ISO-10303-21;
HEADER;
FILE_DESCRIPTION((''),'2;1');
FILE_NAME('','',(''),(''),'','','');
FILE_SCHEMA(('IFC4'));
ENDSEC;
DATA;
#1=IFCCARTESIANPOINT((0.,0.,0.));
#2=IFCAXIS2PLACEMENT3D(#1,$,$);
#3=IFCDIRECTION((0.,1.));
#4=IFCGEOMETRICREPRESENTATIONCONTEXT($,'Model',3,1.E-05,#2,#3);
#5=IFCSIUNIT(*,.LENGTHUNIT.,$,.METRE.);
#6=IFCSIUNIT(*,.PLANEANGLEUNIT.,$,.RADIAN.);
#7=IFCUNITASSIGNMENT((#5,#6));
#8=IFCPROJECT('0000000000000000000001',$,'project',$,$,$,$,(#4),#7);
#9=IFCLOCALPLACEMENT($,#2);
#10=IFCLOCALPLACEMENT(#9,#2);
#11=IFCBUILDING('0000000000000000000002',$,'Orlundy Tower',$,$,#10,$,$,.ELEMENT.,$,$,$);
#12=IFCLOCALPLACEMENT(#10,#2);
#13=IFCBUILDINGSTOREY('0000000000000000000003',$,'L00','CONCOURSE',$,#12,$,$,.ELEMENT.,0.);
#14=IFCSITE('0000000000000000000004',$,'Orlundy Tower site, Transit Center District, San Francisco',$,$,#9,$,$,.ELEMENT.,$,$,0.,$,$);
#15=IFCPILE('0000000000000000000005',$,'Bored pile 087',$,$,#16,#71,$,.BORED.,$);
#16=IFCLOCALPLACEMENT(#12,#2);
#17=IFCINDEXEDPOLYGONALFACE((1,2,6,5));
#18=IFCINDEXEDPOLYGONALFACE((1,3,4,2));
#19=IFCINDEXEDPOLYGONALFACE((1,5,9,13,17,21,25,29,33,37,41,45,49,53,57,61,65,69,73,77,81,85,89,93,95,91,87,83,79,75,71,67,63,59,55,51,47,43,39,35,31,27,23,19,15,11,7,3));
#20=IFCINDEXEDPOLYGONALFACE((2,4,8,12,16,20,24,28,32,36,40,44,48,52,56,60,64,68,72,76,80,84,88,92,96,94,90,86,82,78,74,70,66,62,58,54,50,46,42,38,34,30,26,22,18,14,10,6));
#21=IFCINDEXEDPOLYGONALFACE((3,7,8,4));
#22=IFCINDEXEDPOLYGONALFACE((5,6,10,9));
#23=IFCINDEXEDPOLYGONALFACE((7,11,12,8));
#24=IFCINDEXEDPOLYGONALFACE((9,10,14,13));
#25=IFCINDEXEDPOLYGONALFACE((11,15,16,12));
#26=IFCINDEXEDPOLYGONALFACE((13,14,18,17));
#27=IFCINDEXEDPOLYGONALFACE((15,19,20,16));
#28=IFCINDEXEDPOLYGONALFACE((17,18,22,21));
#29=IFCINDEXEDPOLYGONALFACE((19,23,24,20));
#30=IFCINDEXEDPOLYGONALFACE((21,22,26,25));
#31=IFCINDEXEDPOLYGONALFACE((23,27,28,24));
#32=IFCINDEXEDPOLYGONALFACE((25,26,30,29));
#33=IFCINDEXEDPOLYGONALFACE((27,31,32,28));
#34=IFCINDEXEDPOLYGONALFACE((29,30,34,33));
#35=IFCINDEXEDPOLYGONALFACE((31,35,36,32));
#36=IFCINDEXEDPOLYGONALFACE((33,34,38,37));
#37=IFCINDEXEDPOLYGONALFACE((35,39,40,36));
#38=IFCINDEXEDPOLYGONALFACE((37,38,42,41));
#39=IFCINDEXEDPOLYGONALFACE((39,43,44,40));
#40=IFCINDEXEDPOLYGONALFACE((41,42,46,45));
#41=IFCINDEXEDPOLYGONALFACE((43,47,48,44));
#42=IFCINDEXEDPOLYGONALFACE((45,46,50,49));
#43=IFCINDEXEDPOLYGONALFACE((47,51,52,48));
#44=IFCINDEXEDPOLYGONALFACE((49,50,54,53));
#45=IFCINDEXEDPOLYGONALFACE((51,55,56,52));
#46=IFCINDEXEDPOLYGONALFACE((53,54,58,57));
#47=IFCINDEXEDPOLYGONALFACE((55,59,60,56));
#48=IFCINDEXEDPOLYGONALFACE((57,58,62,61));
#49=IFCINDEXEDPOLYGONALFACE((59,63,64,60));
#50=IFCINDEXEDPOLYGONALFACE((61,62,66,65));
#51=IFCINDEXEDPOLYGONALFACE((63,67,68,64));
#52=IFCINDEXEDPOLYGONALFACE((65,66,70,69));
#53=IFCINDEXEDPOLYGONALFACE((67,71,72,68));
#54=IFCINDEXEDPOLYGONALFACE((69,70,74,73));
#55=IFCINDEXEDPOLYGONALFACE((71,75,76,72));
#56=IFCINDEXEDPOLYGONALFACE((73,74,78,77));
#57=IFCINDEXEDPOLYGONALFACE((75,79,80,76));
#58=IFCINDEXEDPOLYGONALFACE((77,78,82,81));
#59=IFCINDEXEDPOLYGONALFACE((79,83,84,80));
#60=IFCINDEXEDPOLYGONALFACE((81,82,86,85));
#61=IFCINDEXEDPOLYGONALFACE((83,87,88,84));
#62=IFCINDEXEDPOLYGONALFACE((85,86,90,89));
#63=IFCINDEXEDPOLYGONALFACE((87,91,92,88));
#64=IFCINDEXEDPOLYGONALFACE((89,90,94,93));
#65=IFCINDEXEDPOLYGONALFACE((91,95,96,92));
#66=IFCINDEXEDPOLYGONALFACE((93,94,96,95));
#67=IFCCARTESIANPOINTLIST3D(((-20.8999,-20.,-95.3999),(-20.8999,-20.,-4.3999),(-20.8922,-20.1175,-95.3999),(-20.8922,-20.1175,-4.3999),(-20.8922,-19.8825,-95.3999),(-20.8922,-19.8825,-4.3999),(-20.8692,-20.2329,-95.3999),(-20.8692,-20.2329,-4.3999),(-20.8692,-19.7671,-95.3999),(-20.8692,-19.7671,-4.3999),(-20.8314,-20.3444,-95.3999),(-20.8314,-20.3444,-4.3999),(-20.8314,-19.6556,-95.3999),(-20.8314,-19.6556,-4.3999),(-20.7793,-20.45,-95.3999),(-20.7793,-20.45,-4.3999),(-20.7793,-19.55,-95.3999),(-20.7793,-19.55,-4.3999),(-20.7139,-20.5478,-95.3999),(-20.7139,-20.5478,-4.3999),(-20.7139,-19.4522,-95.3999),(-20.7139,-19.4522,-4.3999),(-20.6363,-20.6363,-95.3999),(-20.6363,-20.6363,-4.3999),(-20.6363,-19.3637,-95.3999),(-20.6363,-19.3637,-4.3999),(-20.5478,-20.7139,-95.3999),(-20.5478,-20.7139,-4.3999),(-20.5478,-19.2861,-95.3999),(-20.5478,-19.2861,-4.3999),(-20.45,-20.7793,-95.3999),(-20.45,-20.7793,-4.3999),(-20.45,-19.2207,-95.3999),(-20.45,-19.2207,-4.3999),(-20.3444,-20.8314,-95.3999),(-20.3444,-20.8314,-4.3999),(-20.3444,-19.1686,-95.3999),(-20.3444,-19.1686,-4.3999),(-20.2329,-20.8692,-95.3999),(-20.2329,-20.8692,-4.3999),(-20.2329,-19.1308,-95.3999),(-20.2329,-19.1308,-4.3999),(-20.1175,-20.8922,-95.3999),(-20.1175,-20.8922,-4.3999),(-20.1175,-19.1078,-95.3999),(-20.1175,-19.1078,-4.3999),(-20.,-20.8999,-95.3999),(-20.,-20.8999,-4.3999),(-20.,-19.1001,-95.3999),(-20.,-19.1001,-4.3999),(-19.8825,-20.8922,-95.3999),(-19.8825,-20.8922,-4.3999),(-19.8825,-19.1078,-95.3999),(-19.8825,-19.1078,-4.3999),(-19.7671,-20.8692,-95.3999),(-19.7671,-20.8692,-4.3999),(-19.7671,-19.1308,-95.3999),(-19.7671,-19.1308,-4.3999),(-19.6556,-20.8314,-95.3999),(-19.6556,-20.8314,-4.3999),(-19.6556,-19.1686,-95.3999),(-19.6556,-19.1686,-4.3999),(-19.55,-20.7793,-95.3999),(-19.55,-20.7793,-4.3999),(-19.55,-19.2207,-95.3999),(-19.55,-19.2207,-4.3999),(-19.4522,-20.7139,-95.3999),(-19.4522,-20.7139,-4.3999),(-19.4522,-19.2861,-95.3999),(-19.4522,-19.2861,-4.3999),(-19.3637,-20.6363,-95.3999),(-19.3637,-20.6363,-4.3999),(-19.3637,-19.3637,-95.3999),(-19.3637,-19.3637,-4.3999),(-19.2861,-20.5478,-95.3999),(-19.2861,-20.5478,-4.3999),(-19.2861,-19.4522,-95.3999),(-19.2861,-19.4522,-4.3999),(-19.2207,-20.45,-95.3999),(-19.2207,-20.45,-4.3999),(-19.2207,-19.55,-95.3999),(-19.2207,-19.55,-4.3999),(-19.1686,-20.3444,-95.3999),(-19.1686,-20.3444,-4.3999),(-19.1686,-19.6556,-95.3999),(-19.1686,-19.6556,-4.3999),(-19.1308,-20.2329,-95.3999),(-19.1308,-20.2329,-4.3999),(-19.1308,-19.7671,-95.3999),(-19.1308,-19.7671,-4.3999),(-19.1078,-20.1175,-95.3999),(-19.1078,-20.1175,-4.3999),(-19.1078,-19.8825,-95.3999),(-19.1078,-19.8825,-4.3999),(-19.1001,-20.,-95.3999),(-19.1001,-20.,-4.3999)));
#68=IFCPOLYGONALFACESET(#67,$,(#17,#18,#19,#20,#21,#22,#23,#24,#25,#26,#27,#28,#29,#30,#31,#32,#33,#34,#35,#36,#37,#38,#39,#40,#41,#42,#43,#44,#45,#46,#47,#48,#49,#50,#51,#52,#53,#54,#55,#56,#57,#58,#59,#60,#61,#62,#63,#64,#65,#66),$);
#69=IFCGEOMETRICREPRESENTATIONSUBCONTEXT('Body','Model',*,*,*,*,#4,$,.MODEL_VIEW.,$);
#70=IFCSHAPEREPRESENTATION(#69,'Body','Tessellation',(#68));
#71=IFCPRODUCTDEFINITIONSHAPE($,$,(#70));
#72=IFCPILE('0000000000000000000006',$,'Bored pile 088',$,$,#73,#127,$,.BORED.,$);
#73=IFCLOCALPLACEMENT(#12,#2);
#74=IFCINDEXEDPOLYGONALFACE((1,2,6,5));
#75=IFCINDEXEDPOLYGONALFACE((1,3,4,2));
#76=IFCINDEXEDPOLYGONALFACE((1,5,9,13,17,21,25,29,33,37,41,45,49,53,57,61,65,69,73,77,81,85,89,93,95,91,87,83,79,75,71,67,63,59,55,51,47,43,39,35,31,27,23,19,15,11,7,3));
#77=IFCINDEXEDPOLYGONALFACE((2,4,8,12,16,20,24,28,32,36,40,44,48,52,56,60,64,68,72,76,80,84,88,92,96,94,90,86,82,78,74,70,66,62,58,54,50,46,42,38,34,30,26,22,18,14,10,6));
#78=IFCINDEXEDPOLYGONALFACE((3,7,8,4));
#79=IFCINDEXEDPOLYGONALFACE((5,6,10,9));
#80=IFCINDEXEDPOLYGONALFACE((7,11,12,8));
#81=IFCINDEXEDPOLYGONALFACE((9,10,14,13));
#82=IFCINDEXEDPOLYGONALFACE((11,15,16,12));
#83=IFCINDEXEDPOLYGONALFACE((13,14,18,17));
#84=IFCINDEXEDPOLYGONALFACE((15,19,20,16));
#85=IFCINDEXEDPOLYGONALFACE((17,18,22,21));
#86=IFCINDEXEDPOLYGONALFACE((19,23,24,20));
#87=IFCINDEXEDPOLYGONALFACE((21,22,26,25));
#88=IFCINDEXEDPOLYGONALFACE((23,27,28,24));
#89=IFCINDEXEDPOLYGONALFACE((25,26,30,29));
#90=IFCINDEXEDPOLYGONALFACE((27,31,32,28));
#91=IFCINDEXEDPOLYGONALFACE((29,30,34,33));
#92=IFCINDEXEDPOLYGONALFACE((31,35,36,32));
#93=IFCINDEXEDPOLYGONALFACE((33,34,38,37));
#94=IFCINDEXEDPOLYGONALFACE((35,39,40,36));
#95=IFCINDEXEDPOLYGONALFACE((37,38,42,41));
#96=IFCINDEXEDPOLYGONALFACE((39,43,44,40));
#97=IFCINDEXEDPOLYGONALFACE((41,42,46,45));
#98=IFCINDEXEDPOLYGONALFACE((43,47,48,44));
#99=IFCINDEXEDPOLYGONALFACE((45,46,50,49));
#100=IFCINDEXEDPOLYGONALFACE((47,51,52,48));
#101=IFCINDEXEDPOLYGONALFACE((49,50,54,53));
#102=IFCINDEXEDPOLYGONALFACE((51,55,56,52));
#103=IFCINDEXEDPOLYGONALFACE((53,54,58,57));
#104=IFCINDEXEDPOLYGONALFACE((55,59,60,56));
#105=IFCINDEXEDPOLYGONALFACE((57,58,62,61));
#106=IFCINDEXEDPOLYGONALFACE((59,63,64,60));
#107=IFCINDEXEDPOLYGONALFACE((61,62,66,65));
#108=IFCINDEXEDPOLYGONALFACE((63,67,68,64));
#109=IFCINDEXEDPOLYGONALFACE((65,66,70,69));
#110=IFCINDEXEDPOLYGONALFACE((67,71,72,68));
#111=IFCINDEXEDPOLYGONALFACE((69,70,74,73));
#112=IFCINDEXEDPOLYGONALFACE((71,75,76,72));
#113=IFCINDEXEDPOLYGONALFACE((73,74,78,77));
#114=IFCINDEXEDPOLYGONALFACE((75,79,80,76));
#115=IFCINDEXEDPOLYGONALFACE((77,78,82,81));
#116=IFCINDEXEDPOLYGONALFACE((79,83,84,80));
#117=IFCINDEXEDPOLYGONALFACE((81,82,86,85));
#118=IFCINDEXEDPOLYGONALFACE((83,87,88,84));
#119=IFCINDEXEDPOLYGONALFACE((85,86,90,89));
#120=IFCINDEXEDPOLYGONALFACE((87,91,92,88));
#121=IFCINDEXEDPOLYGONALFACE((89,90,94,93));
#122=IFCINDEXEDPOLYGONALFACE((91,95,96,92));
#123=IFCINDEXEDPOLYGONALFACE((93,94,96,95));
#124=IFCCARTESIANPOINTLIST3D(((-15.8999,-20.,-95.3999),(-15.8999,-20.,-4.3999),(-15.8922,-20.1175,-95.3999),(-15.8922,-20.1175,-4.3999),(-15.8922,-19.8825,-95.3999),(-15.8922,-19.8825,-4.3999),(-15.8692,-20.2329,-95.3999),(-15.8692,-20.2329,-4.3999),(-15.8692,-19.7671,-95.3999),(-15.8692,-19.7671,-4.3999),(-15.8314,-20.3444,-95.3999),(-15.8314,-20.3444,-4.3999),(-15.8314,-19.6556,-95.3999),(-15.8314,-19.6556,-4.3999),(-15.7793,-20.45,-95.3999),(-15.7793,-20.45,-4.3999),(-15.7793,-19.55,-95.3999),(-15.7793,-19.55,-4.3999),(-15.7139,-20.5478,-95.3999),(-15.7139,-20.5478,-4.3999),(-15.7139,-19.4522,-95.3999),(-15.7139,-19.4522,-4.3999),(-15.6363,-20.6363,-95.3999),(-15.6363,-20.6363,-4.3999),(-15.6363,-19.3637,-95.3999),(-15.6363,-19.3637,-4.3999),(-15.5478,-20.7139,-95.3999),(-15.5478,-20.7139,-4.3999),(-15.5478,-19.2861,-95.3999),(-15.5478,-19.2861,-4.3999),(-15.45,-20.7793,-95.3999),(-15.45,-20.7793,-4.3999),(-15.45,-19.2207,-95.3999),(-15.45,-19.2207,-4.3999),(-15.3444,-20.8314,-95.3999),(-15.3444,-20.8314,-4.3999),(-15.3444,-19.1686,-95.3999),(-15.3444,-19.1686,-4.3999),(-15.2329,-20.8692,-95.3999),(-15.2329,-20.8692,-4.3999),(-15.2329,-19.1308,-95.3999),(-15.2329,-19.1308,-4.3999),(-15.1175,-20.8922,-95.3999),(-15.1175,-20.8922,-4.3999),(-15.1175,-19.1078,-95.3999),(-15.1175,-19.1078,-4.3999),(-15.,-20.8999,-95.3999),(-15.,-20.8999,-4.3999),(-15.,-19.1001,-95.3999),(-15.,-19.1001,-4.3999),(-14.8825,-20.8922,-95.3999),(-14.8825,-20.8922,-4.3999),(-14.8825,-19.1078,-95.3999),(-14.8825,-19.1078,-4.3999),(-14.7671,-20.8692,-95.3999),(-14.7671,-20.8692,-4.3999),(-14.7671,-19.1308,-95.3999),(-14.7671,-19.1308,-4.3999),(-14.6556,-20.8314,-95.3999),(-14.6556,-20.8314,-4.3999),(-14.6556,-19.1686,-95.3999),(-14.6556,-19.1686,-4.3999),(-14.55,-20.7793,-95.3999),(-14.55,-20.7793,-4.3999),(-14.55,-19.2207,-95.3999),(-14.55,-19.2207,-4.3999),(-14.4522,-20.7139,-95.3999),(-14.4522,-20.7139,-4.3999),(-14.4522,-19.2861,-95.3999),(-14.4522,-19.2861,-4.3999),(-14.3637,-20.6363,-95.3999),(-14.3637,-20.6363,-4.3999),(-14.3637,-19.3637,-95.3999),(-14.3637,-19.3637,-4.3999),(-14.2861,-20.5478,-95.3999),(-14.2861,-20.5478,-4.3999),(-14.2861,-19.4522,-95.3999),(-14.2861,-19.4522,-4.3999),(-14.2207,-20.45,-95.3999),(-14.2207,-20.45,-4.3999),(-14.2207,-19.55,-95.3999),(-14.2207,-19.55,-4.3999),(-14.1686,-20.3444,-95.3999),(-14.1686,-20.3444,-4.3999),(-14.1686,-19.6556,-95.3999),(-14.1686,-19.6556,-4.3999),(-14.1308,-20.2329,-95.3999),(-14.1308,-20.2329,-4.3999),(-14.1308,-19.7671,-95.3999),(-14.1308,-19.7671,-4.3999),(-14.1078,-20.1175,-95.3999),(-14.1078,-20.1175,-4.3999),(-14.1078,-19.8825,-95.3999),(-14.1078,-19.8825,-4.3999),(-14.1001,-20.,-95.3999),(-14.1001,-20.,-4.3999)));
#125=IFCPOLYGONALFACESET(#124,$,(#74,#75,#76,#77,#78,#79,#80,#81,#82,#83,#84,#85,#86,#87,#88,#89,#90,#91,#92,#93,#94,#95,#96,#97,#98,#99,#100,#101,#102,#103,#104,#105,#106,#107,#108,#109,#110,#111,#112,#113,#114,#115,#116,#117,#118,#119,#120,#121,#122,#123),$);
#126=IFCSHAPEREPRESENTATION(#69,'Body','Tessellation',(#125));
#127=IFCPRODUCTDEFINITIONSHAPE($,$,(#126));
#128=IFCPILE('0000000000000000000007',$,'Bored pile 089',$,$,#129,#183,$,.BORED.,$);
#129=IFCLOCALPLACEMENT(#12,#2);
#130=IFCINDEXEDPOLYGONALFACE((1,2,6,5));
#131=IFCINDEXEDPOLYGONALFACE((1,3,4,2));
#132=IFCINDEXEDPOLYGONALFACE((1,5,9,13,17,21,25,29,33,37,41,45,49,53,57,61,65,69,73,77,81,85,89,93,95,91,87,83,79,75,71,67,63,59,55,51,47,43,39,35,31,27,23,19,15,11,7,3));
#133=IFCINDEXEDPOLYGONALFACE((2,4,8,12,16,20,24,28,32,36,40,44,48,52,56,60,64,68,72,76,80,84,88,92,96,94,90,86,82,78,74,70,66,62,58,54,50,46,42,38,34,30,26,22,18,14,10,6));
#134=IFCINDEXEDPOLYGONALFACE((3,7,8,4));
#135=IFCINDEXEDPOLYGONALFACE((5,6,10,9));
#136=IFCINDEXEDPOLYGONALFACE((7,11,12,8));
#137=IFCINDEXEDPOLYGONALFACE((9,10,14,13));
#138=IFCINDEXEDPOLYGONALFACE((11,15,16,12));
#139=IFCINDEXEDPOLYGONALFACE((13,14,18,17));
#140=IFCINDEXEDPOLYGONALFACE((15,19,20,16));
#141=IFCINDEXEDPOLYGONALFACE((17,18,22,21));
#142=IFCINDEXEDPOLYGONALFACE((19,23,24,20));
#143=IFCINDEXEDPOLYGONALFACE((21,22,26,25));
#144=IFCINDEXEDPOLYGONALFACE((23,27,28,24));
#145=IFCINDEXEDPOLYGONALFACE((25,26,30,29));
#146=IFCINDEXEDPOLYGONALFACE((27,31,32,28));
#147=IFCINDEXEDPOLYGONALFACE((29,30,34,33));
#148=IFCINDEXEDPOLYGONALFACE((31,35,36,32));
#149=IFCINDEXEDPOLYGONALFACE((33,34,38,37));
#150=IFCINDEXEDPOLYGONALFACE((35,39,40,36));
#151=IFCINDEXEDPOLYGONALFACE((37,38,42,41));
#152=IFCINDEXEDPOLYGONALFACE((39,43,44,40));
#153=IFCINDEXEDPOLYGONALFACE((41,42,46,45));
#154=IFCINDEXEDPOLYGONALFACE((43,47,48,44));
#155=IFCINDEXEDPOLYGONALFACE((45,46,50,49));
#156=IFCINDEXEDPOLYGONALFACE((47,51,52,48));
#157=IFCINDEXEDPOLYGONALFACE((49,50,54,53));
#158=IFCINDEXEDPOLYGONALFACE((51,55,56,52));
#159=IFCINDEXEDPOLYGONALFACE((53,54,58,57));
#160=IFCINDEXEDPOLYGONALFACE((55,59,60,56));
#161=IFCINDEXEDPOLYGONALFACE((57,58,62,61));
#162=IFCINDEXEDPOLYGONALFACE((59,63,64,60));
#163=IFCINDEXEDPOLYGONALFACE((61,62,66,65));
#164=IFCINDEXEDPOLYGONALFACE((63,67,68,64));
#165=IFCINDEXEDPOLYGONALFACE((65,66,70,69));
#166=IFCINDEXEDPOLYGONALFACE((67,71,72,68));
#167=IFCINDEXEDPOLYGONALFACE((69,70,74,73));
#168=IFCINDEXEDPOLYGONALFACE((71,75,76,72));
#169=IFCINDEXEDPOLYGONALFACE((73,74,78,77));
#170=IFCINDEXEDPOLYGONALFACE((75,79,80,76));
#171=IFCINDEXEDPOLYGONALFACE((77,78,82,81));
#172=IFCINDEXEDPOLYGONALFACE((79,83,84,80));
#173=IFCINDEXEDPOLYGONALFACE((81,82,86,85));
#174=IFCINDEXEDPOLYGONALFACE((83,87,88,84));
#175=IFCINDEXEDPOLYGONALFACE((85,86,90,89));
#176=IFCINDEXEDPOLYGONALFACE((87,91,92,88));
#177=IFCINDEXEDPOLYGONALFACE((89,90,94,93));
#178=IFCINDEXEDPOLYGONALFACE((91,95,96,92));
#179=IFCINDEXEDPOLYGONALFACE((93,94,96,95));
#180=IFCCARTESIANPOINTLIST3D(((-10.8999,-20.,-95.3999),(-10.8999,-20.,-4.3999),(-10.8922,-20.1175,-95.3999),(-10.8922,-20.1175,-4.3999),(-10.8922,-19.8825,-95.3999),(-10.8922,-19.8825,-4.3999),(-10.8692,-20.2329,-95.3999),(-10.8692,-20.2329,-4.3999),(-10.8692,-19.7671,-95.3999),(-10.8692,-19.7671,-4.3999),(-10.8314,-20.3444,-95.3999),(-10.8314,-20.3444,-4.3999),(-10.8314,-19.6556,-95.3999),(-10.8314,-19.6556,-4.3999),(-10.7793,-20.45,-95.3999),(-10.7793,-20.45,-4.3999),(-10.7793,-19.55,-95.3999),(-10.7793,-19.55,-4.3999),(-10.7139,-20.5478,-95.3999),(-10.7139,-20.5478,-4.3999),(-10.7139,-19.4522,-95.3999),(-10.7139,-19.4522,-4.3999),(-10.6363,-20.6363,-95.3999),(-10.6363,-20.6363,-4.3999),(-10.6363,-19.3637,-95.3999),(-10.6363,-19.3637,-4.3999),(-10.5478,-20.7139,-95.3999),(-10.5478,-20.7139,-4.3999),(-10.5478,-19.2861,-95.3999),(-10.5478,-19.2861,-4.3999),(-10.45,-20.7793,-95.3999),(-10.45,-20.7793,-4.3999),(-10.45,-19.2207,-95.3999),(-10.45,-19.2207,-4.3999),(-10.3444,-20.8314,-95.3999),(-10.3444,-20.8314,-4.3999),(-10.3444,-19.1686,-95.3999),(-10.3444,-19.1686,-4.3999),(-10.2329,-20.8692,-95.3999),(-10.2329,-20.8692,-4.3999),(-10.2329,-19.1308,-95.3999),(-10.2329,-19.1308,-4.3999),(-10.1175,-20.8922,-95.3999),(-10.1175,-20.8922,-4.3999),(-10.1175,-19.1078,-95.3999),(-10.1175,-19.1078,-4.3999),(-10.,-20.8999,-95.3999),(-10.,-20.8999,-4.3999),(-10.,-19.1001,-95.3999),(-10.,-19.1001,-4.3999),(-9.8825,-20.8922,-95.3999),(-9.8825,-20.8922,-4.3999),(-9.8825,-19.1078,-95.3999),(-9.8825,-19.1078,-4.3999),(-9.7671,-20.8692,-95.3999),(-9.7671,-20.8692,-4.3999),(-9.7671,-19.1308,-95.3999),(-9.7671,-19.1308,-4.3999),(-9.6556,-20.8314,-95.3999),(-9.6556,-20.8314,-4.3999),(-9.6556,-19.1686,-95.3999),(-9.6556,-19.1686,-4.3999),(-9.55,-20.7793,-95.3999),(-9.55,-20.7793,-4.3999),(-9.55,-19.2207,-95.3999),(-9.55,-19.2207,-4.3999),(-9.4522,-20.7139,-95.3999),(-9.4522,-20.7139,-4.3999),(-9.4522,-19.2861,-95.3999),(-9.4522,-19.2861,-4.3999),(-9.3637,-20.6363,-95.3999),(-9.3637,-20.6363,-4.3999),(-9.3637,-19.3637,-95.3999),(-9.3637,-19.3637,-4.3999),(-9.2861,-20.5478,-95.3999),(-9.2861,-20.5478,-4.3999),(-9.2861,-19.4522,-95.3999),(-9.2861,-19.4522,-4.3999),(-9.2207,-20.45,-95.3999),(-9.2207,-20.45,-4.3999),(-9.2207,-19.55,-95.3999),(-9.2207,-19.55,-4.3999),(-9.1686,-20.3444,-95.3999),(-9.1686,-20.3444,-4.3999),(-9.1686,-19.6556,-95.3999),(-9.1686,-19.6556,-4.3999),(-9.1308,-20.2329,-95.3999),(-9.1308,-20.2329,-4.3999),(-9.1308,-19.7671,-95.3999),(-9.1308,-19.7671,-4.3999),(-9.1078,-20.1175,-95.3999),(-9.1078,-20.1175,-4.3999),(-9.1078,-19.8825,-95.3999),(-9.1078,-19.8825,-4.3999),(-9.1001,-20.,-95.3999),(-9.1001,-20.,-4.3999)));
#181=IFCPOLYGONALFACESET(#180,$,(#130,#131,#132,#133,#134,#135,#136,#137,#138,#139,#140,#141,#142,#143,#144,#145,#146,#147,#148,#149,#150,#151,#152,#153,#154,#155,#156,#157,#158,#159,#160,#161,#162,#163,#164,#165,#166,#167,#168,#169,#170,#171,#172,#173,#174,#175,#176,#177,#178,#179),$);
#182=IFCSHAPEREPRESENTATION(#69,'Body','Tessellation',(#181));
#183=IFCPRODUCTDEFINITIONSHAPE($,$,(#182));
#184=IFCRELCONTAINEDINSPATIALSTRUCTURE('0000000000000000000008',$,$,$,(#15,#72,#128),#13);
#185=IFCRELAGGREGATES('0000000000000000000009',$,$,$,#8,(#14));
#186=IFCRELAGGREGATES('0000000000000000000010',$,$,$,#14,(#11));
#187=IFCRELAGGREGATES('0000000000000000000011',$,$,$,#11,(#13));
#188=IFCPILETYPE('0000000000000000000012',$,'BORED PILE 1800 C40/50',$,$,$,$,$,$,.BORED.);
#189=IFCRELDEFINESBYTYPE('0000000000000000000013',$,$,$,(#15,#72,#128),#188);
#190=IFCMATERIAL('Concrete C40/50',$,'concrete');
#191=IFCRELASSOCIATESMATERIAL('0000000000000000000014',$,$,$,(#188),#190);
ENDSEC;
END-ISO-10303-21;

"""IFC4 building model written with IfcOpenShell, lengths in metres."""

from ifc_helpers import new_model, si_unit, direction, frame, origin, origin_2d, place, context, subcontext, project, spatial, circle, extrude, material, material_profile, profile_set, type_object, element, save


model = new_model("IFC4")

# Units and contexts
model_context = context("Model", 3, precision=1e-05, world=origin(), true_north=direction((0.0, 1.0)))
body_context = subcontext(model_context, "Body", "Model", "MODEL_VIEW")
ifc_project = project(units=[si_unit("LENGTHUNIT", "METRE"), si_unit("PLANEANGLEUNIT", "RADIAN")], contexts=[model_context])

# Site, building, storey
site_placement = place(None, origin())
site = spatial("IfcSite", under=ifc_project, at=site_placement, Name="Orlundy Tower site, Transit Center District, San Francisco", CompositionType="ELEMENT", RefElevation=0.0)
building_placement = place(site_placement, origin())
building = spatial("IfcBuilding", under=site, at=building_placement, Name="Orlundy Tower", CompositionType="ELEMENT")
storey_placement = place(building_placement, origin())
storey = spatial("IfcBuildingStorey", under=building, at=storey_placement, Name="L00", Description="CONCOURSE", CompositionType="ELEMENT", Elevation=0.0)

# Piles
ifc_material_1 = material(Name="Concrete C40/50", Category="concrete")
ifc_material_profile_1 = material_profile(ifc_material_1, circle(Radius=0.8999, at=origin_2d()), Name="BP1800")
ifc_profile_set_1 = profile_set([ifc_material_profile_1], Name="Concrete C40/50")
pile_type = type_object("IfcPileType", Name="BORED PILE 1800 C40/50", PredefinedType="BORED", material=ifc_profile_set_1)
for number, where, z_axis, x_axis, name in (
    (1, (-20.0, -20.0, -4.3999), (0.0, 0.0, -1.0), (1.0, 0.0, 0.0), "Bored pile 087"),
    (2, (-15.0, -20.0, -4.3999), (0.0, 0.0, -1.0), (1.0, 0.0, 0.0), "Bored pile 088"),
    (3, (-10.0, -20.0, -4.3999), (0.0, 0.0, -1.0), (1.0, 0.0, 0.0), "Bored pile 089"),
):
    element("IfcPile", number, at=place(storey_placement, frame(where, z_axis=z_axis, x_axis=x_axis)), inside=storey, type_object=pile_type, Name=name, PredefinedType="BORED", context=body_context, shape_type="SweptSolid", body=[
        extrude(circle(Radius=0.8999, at=origin_2d()), origin(), (0.0, 0.0, 1.0), 91.0),
    ])

save(model, "model.ifc")
